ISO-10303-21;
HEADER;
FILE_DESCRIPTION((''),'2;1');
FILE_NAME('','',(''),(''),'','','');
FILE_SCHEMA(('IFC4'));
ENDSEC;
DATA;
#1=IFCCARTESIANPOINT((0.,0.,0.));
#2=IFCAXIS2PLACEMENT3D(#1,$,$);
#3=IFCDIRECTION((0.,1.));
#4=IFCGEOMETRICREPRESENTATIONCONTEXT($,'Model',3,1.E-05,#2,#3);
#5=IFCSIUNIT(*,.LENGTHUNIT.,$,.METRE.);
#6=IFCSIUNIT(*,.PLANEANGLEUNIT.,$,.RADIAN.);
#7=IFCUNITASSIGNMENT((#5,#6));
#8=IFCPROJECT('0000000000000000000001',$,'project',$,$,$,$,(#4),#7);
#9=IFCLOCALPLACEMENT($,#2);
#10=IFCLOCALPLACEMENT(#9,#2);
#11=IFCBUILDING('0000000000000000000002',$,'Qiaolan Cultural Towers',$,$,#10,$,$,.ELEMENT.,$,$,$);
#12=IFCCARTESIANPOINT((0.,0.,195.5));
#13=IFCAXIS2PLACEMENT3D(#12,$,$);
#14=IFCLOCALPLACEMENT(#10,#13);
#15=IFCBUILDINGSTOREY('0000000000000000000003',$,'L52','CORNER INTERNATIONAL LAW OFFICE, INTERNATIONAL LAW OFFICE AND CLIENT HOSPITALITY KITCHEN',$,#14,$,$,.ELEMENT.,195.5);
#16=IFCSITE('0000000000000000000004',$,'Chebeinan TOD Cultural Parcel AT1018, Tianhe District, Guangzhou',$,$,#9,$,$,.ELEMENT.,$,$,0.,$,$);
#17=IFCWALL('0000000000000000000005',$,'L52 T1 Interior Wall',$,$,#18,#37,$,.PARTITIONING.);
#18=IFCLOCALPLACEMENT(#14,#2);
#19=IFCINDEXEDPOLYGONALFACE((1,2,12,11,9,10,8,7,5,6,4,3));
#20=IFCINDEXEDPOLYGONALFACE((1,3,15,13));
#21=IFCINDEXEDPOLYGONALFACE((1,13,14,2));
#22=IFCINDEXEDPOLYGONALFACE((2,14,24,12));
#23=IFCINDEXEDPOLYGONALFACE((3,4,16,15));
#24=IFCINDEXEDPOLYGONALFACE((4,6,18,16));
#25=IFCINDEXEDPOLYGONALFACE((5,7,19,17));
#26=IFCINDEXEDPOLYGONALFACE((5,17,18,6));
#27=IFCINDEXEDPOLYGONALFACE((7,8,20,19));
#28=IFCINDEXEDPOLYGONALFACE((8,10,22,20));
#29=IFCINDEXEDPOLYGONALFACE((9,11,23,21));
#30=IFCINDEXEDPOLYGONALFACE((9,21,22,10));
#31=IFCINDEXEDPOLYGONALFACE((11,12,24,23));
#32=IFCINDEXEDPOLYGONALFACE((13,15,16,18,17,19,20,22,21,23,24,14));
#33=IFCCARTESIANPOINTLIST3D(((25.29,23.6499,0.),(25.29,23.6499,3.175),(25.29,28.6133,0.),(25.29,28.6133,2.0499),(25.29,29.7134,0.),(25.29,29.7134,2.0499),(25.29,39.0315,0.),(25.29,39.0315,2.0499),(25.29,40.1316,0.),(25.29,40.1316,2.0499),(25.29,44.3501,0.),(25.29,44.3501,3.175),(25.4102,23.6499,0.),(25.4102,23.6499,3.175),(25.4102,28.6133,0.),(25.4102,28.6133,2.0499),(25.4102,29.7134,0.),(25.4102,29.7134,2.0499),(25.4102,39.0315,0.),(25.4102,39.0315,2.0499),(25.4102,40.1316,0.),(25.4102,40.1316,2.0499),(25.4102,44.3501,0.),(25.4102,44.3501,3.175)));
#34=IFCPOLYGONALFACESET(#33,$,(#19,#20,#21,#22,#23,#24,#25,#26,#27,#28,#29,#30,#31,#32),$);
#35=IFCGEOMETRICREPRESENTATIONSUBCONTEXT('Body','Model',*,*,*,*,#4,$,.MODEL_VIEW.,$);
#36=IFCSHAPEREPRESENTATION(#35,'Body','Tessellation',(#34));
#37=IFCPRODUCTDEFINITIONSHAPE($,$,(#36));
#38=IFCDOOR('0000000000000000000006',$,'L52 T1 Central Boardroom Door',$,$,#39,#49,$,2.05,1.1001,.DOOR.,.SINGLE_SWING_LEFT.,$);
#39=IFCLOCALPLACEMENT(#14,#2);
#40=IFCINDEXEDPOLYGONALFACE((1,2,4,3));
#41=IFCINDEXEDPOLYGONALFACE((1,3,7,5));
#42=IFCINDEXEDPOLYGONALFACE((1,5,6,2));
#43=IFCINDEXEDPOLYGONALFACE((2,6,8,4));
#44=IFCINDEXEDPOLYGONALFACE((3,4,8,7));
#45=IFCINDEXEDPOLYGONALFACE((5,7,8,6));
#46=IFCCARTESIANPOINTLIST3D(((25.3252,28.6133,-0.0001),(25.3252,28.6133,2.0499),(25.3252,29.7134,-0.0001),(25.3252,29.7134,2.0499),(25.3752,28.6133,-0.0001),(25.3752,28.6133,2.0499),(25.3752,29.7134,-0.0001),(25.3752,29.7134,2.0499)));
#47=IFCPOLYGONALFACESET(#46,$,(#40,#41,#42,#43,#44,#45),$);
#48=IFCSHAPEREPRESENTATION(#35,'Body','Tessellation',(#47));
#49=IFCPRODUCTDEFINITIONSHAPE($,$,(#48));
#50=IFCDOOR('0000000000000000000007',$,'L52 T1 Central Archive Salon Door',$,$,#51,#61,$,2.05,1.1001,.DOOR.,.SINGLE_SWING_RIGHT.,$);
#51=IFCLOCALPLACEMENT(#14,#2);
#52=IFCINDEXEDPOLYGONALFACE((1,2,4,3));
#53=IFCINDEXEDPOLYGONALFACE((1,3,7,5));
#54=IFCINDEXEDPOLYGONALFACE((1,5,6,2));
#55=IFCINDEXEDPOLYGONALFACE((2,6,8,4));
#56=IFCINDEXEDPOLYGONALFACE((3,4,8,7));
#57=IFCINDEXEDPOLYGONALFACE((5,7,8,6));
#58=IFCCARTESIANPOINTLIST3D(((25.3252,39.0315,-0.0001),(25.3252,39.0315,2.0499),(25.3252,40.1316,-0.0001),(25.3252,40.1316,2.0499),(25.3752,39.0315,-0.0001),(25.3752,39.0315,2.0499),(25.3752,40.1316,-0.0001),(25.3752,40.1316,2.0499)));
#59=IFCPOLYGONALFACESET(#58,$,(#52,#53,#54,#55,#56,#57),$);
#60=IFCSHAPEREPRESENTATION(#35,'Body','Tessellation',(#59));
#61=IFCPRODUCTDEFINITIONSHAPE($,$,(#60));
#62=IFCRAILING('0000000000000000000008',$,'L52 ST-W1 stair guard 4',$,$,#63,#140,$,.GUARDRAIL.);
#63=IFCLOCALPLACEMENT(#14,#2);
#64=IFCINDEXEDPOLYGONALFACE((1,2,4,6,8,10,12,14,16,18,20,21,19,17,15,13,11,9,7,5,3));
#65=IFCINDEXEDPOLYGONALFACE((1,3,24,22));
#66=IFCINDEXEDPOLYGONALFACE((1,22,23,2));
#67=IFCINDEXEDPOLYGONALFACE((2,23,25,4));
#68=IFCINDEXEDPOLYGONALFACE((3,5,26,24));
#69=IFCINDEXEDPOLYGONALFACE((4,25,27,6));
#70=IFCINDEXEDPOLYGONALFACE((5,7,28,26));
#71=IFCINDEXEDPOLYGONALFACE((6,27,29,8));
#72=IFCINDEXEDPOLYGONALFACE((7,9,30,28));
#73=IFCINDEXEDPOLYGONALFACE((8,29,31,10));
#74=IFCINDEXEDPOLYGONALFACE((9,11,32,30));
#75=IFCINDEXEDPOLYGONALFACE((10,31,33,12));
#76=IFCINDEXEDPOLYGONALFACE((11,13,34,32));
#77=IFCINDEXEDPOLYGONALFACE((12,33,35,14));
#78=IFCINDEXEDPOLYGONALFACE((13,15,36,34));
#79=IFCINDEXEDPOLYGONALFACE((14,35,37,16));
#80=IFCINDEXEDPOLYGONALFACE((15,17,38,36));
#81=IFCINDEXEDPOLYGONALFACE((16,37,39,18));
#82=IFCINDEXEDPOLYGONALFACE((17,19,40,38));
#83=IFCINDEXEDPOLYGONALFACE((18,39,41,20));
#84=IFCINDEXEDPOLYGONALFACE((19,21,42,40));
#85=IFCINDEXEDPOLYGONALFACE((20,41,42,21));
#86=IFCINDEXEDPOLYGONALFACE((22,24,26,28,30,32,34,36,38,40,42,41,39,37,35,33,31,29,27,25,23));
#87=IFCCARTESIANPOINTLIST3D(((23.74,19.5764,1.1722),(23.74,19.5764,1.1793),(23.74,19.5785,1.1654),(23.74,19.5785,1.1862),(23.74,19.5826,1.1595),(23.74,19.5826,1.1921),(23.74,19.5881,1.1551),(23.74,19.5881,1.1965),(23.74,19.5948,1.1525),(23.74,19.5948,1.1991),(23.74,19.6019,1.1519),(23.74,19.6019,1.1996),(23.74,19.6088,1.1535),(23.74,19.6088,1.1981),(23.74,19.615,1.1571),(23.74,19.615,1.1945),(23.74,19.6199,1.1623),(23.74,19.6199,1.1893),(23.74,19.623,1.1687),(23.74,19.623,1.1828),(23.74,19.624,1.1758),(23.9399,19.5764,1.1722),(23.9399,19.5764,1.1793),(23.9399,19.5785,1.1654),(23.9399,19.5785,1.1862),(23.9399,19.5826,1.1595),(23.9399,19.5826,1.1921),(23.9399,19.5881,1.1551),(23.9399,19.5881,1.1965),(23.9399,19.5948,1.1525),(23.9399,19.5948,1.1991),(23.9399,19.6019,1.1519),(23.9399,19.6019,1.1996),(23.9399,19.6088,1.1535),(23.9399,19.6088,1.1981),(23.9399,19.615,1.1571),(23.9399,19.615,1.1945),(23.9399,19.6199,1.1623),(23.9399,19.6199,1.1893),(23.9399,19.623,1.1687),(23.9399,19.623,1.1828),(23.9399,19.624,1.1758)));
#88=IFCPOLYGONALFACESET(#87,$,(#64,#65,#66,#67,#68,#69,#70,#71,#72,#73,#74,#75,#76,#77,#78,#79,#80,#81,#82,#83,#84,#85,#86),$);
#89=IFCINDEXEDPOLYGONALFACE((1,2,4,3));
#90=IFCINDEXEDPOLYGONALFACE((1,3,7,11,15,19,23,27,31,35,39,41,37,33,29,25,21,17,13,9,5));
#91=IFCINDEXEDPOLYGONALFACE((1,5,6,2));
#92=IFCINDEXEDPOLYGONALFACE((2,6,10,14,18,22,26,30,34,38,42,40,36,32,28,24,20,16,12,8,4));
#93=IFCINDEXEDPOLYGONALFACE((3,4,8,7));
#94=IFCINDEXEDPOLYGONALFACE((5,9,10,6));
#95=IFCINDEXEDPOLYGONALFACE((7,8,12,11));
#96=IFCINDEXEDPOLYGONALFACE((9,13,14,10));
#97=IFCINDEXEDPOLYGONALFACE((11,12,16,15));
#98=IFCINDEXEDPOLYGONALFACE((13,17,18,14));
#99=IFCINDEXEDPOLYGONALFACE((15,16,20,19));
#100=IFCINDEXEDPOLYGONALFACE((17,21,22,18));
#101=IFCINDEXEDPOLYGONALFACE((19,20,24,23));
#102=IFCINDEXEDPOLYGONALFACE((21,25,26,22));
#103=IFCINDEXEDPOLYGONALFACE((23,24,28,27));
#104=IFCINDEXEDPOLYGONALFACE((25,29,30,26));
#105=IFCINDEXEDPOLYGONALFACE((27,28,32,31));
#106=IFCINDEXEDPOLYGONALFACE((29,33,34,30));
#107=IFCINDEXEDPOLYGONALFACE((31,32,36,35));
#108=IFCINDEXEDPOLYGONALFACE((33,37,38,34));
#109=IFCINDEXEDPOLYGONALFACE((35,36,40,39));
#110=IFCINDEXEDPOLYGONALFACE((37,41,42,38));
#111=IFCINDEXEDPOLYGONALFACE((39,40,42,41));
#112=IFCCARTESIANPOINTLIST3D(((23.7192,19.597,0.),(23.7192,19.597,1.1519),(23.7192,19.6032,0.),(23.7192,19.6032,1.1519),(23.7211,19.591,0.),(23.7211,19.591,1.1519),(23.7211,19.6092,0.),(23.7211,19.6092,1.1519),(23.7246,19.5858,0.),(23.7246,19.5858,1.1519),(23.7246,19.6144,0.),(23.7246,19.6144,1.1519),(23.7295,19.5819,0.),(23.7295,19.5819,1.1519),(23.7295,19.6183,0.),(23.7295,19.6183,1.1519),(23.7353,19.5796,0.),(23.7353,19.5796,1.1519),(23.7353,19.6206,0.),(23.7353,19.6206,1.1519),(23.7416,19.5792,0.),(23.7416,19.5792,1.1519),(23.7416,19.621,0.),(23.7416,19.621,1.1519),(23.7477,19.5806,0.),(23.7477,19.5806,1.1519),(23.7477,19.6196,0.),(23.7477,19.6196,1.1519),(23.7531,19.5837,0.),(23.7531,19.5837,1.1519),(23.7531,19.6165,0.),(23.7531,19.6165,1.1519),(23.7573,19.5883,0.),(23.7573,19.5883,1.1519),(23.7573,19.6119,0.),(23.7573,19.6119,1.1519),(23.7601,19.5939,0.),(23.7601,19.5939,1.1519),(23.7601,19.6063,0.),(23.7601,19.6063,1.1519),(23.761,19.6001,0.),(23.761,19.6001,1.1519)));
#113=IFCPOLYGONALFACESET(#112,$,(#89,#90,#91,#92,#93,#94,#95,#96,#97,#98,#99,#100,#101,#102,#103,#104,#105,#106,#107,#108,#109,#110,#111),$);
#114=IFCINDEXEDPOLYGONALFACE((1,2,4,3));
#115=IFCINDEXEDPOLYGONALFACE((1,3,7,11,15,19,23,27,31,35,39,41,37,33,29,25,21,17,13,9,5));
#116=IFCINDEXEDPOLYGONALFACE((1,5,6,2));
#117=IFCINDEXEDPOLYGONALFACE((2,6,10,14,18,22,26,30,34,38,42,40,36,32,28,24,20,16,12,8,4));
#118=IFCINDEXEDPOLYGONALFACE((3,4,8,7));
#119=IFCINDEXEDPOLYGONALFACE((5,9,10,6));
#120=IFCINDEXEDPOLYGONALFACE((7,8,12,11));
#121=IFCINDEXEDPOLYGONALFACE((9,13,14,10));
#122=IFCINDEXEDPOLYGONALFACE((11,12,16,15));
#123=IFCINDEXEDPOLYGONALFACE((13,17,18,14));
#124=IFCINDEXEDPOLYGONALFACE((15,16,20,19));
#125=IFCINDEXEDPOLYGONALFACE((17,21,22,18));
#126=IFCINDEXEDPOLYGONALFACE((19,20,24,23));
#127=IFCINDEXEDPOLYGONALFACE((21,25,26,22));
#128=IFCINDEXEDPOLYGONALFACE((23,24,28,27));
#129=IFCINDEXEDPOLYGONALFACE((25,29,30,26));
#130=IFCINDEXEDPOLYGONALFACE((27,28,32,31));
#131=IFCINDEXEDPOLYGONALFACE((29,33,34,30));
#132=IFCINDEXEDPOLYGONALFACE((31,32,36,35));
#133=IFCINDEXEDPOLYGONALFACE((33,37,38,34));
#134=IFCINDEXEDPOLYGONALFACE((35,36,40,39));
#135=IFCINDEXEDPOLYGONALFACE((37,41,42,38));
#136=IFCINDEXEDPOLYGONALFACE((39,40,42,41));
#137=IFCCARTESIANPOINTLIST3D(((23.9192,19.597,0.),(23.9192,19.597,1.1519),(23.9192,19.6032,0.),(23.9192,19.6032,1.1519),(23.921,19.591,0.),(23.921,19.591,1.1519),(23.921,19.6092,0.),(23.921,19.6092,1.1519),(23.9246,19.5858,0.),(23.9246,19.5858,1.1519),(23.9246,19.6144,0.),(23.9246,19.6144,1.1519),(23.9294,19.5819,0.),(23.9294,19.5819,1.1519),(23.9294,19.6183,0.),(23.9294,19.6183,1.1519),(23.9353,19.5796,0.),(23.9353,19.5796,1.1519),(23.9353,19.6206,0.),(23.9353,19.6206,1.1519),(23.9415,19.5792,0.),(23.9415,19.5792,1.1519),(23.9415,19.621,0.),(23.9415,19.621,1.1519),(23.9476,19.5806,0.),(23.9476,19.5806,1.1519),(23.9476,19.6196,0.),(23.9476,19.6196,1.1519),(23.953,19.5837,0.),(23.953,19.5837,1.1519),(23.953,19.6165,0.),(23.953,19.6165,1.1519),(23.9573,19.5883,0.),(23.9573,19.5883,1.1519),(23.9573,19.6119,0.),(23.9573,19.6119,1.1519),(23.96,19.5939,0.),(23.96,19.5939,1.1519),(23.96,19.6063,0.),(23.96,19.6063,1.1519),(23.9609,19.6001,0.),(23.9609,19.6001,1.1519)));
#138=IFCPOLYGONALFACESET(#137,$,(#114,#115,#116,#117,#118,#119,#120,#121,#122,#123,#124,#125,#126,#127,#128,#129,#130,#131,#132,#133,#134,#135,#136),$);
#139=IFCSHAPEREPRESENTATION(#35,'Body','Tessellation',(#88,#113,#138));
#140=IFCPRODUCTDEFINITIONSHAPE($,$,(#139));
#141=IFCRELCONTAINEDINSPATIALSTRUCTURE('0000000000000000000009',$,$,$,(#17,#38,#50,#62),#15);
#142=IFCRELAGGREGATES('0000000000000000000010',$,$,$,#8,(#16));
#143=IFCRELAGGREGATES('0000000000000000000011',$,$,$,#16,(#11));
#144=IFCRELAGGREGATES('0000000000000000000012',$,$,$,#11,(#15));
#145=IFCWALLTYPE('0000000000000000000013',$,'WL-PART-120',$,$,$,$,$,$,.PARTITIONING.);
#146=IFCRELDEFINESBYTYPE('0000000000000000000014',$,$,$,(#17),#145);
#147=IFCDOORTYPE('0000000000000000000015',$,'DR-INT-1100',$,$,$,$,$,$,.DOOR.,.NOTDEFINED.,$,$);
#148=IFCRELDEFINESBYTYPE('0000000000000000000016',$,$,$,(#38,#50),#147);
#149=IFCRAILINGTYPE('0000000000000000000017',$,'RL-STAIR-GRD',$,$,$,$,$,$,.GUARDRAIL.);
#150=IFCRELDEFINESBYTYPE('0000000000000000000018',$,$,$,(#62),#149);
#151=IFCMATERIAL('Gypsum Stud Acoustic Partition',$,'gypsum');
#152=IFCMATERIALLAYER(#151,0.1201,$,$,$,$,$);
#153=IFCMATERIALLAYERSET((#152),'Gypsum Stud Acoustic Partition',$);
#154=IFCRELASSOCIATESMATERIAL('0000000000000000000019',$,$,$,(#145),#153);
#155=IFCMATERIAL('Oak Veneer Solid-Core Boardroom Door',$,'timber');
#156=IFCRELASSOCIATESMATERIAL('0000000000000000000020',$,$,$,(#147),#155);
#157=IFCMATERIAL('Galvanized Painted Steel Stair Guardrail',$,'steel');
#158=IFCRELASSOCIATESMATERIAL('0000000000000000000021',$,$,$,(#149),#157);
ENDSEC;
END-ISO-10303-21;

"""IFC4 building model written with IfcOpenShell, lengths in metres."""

from ifc_helpers import new_model, si_unit, direction, frame, frame_2d, origin, origin_2d, place, context, subcontext, project, spatial, rectangle, circle, extrude, material, layer, layer_set, type_object, element, fill, save


model = new_model("IFC4")

# Units and contexts
model_context = context("Model", 3, precision=1e-05, world=origin(), true_north=direction((0.0, 1.0)))
body_context = subcontext(model_context, "Body", "Model", "MODEL_VIEW")
ifc_project = project(units=[si_unit("LENGTHUNIT", "METRE"), si_unit("PLANEANGLEUNIT", "RADIAN")], contexts=[model_context])

# Site, building, storey
site_placement = place(None, origin())
site = spatial("IfcSite", under=ifc_project, at=site_placement, Name="Chebeinan TOD Cultural Parcel AT1018, Tianhe District, Guangzhou", CompositionType="ELEMENT", RefElevation=0.0)
building_placement = place(site_placement, origin())
building = spatial("IfcBuilding", under=site, at=building_placement, Name="Qiaolan Cultural Towers", CompositionType="ELEMENT")
storey_placement = place(building_placement, frame((0.0, 0.0, 195.5)))
storey = spatial("IfcBuildingStorey", under=building, at=storey_placement, Name="L52", Description="CORNER INTERNATIONAL LAW OFFICE, INTERNATIONAL LAW OFFICE AND CLIENT HOSPITALITY KITCHEN", CompositionType="ELEMENT", Elevation=195.5)

# Shared definitions
ifc_material_1 = material(Name="Gypsum Stud Acoustic Partition", Category="gypsum")
ifc_layer_1 = layer(ifc_material_1, 0.1201)
ifc_layer_set_1 = layer_set([ifc_layer_1], Name="Gypsum Stud Acoustic Partition")
wall_type_1 = type_object("IfcWallType", Name="WL-PART-120", PredefinedType="PARTITIONING", material=ifc_layer_set_1)

# Wall, openings, doors
wall_1_placement = place(storey_placement, frame((25.3501, 23.6499, 0.0), z_axis=(0.0, 0.0, 1.0), x_axis=(0.0, 1.0, 0.0)))
wall_1 = element("IfcWall", 1, at=wall_1_placement, inside=storey, type_object=wall_type_1, Name="L52 T1 Interior Wall", PredefinedType="PARTITIONING", context=body_context, shape_type="SweptSolid", body=[
    extrude(rectangle(XDim=20.7002, YDim=0.1201, at=frame_2d((10.3501, 0.0))), origin(), (0.0, 0.0, 1.0), 3.175),
])
opening_1_placement = place(wall_1_placement, frame((4.9634, 0.0, 0.0)))
opening_1 = element("IfcOpeningElement", 2, at=opening_1_placement, cuts=wall_1, PredefinedType="OPENING", context=body_context, shape_type="SweptSolid", body=[
    extrude(rectangle(XDim=1.1001, YDim=2.05, at=frame_2d((0.55, 1.0249))), frame((0.0, 0.0701, 0.0), z_axis=(0.0, -1.0, 0.0), x_axis=(1.0, 0.0, 0.0)), (0.0, 0.0, 1.0), 0.1401),
])
opening_2_placement = place(wall_1_placement, frame((15.3816, 0.0, 0.0)))
opening_2 = element("IfcOpeningElement", 3, at=opening_2_placement, cuts=wall_1, PredefinedType="OPENING", context=body_context, shape_type="SweptSolid", body=[
    extrude(rectangle(XDim=1.1001, YDim=2.05, at=frame_2d((0.55, 1.0249))), frame((0.0, 0.0701, 0.0), z_axis=(0.0, -1.0, 0.0), x_axis=(1.0, 0.0, 0.0)), (0.0, 0.0, 1.0), 0.1401),
])
ifc_material_2 = material(Name="Oak Veneer Solid-Core Boardroom Door", Category="timber")
door_type_1 = type_object("IfcDoorType", Name="DR-INT-1100", OperationType="NOTDEFINED", PredefinedType="DOOR", material=ifc_material_2)
door_1_placement = place(opening_1_placement, origin())
door_1 = element("IfcDoor", 4, at=door_1_placement, inside=storey, type_object=door_type_1, Name="L52 T1 Central Boardroom Door", OperationType="SINGLE_SWING_LEFT", OverallHeight=2.05, OverallWidth=1.1001, PredefinedType="DOOR", context=body_context, shape_type="SweptSolid", body=[
    extrude(rectangle(XDim=1.1001, YDim=2.05, at=frame_2d((0.55, 1.0249))), frame((0.0, 0.0249, 0.0), z_axis=(0.0, -1.0, 0.0), x_axis=(1.0, 0.0, 0.0)), (0.0, 0.0, 1.0), 0.05),
])
fill(opening_1, door_1)
door_2_placement = place(opening_2_placement, origin())
door_2 = element("IfcDoor", 5, at=door_2_placement, inside=storey, type_object=door_type_1, Name="L52 T1 Central Archive Salon Door", OperationType="SINGLE_SWING_RIGHT", OverallHeight=2.05, OverallWidth=1.1001, PredefinedType="DOOR", context=body_context, shape_type="SweptSolid", body=[
    extrude(rectangle(XDim=1.1001, YDim=2.05, at=frame_2d((0.55, 1.0249))), frame((0.0, 0.0249, 0.0), z_axis=(0.0, -1.0, 0.0), x_axis=(1.0, 0.0, 0.0)), (0.0, 0.0, 1.0), 0.05),
])
fill(opening_2, door_2)

# Railing
ifc_material_3 = material(Name="Galvanized Painted Steel Stair Guardrail", Category="steel")
railing_type = type_object("IfcRailingType", Name="RL-STAIR-GRD", PredefinedType="GUARDRAIL", material=ifc_material_3)
railing_placement = place(storey_placement, frame((23.74, 19.6001, 0.0)))
element("IfcRailing", 6, at=railing_placement, inside=storey, type_object=railing_type, Name="L52 ST-W1 stair guard 4", PredefinedType="GUARDRAIL", context=body_context, shape_type="SweptSolid", body=[
    extrude(circle(Radius=0.0239, at=origin_2d()), frame((0.0, 0.0, 1.1758), z_axis=(1.0, 0.0, 0.0), x_axis=(0.0, 1.0, 0.0)), (0.0, 0.0, 1.0), 0.2),
    extrude(circle(Radius=0.021, at=origin_2d()), origin(), (0.0, 0.0, 1.0), 1.1519),
    extrude(circle(Radius=0.021, at=origin_2d()), frame((0.2, 0.0, 0.0)), (0.0, 0.0, 1.0), 1.1519),
])

save(model, "model.ifc")
